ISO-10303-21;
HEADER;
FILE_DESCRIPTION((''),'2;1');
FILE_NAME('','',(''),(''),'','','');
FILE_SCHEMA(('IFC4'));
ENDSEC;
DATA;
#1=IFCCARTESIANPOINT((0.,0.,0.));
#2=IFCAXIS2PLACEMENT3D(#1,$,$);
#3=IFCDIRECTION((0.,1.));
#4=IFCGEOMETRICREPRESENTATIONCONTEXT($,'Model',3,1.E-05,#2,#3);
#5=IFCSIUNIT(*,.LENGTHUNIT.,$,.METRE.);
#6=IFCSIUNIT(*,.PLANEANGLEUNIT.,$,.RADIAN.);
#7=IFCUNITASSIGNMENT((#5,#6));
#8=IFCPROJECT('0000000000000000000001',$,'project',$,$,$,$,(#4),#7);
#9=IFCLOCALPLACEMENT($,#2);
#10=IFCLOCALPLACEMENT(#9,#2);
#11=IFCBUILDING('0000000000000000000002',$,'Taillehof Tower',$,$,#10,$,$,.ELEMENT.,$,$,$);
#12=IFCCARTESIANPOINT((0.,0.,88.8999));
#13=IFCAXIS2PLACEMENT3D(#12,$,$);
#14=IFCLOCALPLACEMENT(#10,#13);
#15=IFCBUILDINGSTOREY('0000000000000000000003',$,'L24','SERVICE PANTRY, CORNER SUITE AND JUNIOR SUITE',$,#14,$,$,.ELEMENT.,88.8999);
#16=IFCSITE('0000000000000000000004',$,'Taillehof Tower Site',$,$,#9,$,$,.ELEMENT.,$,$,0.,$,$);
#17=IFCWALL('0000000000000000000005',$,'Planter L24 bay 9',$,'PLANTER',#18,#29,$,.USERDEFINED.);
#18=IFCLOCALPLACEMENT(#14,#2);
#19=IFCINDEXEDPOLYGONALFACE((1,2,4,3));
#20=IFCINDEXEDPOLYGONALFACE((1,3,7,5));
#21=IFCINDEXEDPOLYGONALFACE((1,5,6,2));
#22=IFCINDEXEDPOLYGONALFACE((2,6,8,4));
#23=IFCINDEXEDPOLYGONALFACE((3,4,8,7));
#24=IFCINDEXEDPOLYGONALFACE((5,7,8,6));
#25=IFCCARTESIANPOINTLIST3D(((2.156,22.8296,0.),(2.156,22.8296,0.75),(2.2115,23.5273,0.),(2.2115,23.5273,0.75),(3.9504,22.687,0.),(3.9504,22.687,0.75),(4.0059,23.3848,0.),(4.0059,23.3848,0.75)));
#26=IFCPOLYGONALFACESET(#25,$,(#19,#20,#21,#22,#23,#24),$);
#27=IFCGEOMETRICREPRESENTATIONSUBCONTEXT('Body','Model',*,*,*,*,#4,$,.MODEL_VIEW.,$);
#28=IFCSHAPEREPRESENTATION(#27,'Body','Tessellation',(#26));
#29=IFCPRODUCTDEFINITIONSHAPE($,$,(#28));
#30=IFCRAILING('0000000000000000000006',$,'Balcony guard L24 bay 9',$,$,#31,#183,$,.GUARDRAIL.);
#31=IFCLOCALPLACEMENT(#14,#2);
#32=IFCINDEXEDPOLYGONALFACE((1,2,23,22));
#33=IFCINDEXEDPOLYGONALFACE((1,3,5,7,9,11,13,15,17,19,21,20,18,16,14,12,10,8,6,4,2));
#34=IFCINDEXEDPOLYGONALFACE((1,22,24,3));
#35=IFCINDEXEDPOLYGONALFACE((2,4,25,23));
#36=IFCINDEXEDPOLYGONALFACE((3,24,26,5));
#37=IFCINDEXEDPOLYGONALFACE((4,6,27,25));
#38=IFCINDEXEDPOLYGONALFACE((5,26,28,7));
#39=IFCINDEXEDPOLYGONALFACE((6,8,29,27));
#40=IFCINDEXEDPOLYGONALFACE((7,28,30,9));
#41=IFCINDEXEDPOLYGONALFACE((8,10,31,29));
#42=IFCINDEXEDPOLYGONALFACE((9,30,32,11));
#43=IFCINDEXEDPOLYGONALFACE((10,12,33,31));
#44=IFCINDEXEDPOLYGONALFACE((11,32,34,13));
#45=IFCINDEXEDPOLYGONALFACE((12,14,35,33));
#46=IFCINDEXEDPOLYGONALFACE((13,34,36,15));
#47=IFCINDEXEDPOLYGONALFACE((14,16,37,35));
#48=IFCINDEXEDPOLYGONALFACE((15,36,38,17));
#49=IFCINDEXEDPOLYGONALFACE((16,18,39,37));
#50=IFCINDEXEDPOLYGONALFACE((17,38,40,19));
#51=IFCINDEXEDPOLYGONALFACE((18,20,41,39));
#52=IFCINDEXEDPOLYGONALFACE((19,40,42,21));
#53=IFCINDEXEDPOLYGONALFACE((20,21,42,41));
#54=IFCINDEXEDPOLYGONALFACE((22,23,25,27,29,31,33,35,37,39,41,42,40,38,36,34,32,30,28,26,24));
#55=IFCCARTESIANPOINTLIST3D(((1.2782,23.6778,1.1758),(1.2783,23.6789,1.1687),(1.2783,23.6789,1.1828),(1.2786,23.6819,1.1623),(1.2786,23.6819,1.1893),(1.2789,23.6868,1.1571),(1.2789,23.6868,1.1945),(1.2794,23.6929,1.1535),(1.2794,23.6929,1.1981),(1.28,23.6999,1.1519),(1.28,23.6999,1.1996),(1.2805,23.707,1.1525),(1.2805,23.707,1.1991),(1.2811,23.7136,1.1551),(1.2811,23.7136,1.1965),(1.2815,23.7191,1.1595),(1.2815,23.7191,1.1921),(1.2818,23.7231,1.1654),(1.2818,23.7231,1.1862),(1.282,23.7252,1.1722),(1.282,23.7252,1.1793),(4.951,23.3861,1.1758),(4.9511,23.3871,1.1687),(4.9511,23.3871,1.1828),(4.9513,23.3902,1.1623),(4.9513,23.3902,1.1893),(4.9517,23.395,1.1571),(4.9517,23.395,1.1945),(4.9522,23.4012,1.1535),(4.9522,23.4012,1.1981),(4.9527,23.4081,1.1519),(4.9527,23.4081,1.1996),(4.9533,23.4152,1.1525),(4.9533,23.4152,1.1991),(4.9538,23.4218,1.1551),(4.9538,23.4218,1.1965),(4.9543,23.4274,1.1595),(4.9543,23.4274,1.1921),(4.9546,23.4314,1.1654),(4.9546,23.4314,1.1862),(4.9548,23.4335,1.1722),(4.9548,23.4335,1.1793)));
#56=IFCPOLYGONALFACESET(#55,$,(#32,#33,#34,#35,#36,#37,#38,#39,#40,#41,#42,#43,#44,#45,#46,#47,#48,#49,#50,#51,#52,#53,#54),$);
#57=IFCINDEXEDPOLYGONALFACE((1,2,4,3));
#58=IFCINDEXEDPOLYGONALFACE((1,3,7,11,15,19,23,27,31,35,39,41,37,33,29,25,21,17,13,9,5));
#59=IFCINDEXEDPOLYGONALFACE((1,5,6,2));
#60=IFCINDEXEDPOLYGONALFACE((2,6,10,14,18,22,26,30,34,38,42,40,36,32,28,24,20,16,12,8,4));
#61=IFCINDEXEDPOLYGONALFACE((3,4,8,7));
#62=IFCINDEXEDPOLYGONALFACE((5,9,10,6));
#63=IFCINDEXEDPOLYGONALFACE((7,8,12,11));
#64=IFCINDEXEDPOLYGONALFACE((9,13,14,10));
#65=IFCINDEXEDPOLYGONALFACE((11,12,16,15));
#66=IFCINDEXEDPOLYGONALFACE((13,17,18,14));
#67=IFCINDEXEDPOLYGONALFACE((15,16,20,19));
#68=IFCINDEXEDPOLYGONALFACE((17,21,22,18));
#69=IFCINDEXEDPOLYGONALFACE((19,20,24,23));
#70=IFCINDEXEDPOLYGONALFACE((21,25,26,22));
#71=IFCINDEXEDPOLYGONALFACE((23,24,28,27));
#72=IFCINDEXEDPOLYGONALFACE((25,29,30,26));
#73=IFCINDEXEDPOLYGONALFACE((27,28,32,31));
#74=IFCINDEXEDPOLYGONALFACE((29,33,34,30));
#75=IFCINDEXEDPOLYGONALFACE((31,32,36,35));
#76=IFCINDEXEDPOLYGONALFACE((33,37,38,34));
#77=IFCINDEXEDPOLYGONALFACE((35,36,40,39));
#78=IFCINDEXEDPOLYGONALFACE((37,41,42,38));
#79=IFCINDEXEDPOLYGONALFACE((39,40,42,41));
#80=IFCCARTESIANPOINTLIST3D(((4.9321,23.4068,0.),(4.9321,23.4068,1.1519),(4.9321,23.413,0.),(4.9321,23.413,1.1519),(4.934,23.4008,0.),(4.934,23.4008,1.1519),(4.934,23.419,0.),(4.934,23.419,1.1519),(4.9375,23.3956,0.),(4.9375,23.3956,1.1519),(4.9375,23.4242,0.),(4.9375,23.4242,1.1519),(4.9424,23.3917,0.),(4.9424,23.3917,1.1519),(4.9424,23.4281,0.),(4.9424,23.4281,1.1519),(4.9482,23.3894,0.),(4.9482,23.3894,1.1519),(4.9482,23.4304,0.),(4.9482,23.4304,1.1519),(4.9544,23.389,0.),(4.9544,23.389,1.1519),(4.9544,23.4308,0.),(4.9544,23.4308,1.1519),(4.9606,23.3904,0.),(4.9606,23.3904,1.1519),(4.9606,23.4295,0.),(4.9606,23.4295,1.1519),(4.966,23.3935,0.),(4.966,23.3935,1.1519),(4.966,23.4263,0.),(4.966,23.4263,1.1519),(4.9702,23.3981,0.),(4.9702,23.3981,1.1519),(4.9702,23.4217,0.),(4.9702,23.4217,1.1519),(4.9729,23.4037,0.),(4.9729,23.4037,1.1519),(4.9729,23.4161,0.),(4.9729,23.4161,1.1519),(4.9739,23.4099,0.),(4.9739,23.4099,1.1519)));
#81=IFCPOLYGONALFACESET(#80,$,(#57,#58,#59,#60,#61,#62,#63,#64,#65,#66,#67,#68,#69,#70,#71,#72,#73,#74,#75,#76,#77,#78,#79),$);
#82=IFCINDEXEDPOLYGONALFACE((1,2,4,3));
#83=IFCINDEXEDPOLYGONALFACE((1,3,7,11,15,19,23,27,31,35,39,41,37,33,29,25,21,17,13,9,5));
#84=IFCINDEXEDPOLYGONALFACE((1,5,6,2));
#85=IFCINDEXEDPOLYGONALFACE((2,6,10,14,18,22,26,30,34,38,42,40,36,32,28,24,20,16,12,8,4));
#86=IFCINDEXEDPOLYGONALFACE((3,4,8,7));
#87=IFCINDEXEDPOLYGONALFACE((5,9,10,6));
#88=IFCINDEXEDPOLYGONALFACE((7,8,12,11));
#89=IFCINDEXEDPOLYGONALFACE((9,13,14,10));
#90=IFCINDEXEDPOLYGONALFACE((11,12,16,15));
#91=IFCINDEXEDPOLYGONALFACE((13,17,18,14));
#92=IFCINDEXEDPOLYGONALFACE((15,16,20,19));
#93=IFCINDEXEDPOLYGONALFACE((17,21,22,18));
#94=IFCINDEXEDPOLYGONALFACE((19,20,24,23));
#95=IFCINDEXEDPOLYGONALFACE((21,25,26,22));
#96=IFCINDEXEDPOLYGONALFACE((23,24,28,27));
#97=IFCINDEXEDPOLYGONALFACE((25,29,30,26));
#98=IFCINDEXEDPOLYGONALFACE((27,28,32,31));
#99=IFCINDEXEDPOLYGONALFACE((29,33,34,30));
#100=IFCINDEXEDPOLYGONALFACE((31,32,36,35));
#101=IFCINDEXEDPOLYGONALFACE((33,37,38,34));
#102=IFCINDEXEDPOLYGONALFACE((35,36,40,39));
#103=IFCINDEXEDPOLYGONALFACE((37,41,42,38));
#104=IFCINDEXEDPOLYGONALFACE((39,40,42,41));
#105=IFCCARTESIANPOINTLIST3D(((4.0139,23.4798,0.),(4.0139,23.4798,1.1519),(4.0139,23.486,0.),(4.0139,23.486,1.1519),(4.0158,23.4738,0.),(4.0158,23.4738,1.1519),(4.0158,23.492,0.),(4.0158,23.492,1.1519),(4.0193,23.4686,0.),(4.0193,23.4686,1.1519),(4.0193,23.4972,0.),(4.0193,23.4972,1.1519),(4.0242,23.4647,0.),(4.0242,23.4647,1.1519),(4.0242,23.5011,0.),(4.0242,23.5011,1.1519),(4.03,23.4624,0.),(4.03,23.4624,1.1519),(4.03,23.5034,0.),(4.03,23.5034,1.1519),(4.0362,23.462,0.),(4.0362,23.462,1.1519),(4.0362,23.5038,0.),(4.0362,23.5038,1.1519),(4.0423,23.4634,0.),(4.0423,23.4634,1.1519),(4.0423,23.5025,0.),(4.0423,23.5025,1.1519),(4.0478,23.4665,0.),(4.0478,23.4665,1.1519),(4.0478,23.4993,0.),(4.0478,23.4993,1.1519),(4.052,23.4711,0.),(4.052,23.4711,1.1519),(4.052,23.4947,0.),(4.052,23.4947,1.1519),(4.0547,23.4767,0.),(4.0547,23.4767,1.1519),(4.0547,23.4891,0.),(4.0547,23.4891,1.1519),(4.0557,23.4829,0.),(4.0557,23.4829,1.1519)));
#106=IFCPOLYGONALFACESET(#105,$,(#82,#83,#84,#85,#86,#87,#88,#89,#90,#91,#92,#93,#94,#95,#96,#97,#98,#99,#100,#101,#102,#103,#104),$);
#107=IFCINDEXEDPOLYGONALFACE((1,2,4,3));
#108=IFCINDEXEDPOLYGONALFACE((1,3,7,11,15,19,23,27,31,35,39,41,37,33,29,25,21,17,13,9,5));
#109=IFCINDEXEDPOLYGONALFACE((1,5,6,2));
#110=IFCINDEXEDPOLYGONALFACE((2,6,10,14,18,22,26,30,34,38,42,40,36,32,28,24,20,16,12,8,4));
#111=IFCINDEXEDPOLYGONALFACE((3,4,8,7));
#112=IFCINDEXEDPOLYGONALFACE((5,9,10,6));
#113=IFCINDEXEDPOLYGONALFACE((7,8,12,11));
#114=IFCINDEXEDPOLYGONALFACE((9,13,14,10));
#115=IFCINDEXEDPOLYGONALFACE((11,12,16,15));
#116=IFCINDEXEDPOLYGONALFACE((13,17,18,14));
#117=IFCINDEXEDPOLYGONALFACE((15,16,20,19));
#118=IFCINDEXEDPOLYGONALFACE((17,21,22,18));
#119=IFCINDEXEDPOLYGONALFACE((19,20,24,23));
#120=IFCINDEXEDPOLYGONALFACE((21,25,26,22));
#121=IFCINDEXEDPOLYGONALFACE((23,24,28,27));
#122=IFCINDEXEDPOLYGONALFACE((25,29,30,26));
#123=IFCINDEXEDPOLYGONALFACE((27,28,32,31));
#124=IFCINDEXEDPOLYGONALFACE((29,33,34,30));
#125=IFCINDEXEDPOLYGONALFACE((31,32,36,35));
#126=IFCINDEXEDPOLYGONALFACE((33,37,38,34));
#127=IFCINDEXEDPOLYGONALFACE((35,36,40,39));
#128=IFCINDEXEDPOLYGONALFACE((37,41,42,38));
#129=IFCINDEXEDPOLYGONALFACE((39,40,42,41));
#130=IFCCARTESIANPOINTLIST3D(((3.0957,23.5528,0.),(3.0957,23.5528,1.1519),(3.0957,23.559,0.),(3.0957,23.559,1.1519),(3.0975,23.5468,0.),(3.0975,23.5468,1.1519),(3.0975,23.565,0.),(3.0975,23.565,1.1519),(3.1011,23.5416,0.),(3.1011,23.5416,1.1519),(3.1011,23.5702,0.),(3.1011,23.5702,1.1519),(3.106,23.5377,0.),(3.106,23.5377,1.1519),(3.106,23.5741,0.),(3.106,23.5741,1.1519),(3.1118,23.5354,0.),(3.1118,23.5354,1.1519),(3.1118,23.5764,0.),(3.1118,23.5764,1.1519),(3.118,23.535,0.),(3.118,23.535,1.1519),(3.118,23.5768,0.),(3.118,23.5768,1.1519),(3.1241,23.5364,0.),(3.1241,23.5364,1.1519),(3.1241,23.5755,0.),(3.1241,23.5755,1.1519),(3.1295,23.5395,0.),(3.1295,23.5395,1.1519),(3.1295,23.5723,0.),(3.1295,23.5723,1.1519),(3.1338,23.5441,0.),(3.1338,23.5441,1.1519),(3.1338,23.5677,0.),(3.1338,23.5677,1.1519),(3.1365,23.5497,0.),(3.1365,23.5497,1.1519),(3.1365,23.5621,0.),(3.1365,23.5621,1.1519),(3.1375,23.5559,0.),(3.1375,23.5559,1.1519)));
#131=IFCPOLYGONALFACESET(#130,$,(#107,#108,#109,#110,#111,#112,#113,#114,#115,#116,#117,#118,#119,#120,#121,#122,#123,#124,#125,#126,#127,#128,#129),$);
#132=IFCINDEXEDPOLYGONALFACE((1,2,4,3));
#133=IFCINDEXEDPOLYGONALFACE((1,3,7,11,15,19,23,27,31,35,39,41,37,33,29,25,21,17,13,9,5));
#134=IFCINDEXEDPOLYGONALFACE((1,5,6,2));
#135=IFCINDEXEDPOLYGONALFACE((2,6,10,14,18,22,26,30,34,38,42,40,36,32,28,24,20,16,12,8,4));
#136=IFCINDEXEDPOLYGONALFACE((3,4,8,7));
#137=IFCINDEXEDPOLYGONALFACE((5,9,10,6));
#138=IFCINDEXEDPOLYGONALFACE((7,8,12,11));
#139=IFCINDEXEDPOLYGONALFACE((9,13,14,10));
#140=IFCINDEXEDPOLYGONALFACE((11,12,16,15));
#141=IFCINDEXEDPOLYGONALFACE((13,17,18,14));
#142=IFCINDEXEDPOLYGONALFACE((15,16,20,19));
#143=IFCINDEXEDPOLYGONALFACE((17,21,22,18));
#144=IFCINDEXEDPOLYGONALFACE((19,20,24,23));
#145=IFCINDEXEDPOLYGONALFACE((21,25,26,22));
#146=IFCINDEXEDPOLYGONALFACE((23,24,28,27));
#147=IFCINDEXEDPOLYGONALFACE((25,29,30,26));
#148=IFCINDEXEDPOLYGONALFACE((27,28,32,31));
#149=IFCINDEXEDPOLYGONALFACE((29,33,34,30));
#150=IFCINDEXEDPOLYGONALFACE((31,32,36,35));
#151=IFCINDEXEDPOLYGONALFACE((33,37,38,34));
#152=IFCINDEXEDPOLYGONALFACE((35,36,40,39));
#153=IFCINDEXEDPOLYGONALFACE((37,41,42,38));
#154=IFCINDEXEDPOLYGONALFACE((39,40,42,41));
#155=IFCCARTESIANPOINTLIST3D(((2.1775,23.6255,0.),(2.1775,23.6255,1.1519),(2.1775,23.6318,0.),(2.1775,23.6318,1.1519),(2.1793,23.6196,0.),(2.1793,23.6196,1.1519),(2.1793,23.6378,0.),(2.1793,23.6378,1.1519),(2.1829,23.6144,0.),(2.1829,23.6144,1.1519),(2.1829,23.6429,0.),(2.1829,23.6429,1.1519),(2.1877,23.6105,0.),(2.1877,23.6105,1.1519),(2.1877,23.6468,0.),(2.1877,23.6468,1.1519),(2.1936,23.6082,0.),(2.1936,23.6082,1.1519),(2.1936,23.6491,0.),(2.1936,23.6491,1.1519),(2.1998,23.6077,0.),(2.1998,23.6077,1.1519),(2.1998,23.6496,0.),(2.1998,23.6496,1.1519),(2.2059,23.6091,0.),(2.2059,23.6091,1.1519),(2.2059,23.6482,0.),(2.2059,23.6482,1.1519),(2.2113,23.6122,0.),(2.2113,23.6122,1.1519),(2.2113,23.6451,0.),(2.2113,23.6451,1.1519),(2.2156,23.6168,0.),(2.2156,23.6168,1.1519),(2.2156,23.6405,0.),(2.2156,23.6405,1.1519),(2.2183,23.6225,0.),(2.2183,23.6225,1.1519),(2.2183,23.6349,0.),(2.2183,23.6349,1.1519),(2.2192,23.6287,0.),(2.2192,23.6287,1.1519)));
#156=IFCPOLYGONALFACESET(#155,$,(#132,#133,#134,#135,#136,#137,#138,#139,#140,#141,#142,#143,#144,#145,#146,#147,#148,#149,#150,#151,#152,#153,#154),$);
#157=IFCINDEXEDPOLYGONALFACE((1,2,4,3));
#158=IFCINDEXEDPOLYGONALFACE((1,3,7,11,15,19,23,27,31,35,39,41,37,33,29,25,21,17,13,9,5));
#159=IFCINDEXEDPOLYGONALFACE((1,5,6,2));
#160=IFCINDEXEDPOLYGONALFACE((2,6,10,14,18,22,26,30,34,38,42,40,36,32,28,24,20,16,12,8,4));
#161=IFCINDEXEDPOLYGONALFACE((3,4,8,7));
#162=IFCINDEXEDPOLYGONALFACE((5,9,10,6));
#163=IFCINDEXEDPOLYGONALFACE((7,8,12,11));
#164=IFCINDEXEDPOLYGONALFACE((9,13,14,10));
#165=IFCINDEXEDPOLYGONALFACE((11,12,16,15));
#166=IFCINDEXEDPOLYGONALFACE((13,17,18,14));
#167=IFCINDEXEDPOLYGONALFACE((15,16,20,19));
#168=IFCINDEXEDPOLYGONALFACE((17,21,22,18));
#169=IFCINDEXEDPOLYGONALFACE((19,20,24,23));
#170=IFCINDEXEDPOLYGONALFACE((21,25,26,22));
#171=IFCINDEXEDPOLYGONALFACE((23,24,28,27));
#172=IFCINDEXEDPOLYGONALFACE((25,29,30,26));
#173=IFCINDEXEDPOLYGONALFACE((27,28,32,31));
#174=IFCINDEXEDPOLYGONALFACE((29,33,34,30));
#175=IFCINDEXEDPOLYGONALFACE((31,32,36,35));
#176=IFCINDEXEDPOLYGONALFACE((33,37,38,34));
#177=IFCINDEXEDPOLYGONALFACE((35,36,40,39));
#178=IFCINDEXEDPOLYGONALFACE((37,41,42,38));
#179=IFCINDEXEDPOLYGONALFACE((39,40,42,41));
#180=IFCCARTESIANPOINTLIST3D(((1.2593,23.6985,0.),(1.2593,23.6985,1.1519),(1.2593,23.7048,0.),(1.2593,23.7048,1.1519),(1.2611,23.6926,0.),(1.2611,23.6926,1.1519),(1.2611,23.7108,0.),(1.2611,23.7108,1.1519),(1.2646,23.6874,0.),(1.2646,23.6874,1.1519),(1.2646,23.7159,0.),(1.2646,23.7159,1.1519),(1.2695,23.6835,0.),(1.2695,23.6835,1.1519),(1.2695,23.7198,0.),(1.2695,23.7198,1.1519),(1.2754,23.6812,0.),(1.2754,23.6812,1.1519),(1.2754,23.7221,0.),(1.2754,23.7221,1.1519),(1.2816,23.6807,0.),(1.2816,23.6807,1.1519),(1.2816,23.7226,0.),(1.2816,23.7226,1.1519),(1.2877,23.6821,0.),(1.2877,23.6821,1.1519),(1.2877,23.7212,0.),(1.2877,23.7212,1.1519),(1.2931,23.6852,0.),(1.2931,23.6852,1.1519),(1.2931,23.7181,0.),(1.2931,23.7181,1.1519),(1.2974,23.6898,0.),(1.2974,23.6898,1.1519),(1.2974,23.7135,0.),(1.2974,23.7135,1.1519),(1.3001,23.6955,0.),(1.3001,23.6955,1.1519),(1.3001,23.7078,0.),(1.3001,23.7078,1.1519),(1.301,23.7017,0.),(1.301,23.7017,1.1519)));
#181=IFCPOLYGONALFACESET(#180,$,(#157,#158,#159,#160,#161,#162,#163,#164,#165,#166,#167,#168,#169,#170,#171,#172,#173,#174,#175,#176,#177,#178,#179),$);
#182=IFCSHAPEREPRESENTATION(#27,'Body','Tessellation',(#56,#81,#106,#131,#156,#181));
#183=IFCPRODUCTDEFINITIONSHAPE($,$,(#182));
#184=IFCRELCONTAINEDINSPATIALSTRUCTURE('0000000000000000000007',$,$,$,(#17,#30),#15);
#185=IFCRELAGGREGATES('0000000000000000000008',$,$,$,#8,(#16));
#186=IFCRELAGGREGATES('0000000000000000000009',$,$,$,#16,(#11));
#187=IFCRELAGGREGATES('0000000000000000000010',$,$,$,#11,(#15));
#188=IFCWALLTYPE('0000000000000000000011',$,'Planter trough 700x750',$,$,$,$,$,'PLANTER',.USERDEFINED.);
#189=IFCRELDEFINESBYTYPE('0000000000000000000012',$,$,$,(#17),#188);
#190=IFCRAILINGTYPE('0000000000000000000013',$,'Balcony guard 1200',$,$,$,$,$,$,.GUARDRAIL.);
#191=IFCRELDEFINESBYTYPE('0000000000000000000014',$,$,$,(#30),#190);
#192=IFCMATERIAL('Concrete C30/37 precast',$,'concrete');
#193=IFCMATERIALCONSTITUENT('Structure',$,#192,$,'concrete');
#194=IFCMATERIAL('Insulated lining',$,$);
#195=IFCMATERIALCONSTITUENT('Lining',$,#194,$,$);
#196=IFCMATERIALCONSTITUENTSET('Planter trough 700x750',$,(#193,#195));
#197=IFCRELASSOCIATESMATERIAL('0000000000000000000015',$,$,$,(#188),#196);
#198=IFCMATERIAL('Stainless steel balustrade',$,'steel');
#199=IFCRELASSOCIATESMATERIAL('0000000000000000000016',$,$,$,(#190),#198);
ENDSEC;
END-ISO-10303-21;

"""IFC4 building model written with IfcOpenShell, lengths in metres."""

from ifc_helpers import new_model, si_unit, direction, frame, frame_2d, origin, origin_2d, place, context, subcontext, project, spatial, rectangle, circle, extrude, material, constituent, constituent_set, type_object, element, save


model = new_model("IFC4")

# Units and contexts
model_context = context("Model", 3, precision=1e-05, world=origin(), true_north=direction((0.0, 1.0)))
body_context = subcontext(model_context, "Body", "Model", "MODEL_VIEW")
ifc_project = project(units=[si_unit("LENGTHUNIT", "METRE"), si_unit("PLANEANGLEUNIT", "RADIAN")], contexts=[model_context])

# Site, building, storey
site_placement = place(None, origin())
site = spatial("IfcSite", under=ifc_project, at=site_placement, Name="Taillehof Tower Site", CompositionType="ELEMENT", RefElevation=0.0)
building_placement = place(site_placement, origin())
building = spatial("IfcBuilding", under=site, at=building_placement, Name="Taillehof Tower", CompositionType="ELEMENT")
storey_placement = place(building_placement, frame((0.0, 0.0, 88.8999)))
storey = spatial("IfcBuildingStorey", under=building, at=storey_placement, Name="L24", Description="SERVICE PANTRY, CORNER SUITE AND JUNIOR SUITE", CompositionType="ELEMENT", Elevation=88.8999)

# Wall
ifc_material_1 = material(Name="Concrete C30/37 precast", Category="concrete")
ifc_constituent_1 = constituent(ifc_material_1, Name="Structure", Category="concrete")
ifc_material_2 = material(Name="Insulated lining")
ifc_constituent_2 = constituent(ifc_material_2, Name="Lining")
ifc_constituent_set = constituent_set(constituents=[ifc_constituent_1, ifc_constituent_2], Name="Planter trough 700x750")
wall_type_1 = type_object("IfcWallType", Name="Planter trough 700x750", ElementType="PLANTER", PredefinedType="USERDEFINED", material=ifc_constituent_set)
wall_1_placement = place(storey_placement, frame((3.978, 23.0359, 0.0), z_axis=(0.0, 0.0, 1.0), x_axis=(-0.996858, 0.079206, 0.0)))
element("IfcWall", 1, at=wall_1_placement, inside=storey, type_object=wall_type_1, Name="Planter L24 bay 9", ObjectType="PLANTER", PredefinedType="USERDEFINED", context=body_context, shape_type="SweptSolid", body=[
    extrude(rectangle(XDim=1.8, YDim=0.7, at=frame_2d((0.8999, 0.0))), origin(), (0.0, 0.0, 1.0), 0.75),
])

# Railing
ifc_material_3 = material(Name="Stainless steel balustrade", Category="steel")
railing_type = type_object("IfcRailingType", Name="Balcony guard 1200", PredefinedType="GUARDRAIL", material=ifc_material_3)
railing_1_placement = place(storey_placement, frame((4.9529, 23.4099, 0.0)))
element("IfcRailing", 2, at=railing_1_placement, inside=storey, type_object=railing_type, Name="Balcony guard L24 bay 9", PredefinedType="GUARDRAIL", context=body_context, shape_type="SweptSolid", body=[
    extrude(circle(Radius=0.0239, at=origin_2d()), frame((0.0, 0.0, 1.1758), z_axis=(-0.99686, 0.079184, 0.0), x_axis=(-0.079184, -0.99686, 0.0)), (0.0, 0.0, 1.0), 3.6843),
    extrude(circle(Radius=0.021, at=origin_2d()), origin(), (0.0, 0.0, 1.0), 1.1519),
    extrude(circle(Radius=0.021, at=origin_2d()), frame((-0.9182, 0.073, 0.0)), (0.0, 0.0, 1.0), 1.1519),
    extrude(circle(Radius=0.021, at=origin_2d()), frame((-1.8364, 0.146, 0.0)), (0.0, 0.0, 1.0), 1.1519),
    extrude(circle(Radius=0.021, at=origin_2d()), frame((-2.7546, 0.2188, 0.0)), (0.0, 0.0, 1.0), 1.1519),
    extrude(circle(Radius=0.021, at=origin_2d()), frame((-3.6729, 0.2917, 0.0)), (0.0, 0.0, 1.0), 1.1519),
])

save(model, "model.ifc")
